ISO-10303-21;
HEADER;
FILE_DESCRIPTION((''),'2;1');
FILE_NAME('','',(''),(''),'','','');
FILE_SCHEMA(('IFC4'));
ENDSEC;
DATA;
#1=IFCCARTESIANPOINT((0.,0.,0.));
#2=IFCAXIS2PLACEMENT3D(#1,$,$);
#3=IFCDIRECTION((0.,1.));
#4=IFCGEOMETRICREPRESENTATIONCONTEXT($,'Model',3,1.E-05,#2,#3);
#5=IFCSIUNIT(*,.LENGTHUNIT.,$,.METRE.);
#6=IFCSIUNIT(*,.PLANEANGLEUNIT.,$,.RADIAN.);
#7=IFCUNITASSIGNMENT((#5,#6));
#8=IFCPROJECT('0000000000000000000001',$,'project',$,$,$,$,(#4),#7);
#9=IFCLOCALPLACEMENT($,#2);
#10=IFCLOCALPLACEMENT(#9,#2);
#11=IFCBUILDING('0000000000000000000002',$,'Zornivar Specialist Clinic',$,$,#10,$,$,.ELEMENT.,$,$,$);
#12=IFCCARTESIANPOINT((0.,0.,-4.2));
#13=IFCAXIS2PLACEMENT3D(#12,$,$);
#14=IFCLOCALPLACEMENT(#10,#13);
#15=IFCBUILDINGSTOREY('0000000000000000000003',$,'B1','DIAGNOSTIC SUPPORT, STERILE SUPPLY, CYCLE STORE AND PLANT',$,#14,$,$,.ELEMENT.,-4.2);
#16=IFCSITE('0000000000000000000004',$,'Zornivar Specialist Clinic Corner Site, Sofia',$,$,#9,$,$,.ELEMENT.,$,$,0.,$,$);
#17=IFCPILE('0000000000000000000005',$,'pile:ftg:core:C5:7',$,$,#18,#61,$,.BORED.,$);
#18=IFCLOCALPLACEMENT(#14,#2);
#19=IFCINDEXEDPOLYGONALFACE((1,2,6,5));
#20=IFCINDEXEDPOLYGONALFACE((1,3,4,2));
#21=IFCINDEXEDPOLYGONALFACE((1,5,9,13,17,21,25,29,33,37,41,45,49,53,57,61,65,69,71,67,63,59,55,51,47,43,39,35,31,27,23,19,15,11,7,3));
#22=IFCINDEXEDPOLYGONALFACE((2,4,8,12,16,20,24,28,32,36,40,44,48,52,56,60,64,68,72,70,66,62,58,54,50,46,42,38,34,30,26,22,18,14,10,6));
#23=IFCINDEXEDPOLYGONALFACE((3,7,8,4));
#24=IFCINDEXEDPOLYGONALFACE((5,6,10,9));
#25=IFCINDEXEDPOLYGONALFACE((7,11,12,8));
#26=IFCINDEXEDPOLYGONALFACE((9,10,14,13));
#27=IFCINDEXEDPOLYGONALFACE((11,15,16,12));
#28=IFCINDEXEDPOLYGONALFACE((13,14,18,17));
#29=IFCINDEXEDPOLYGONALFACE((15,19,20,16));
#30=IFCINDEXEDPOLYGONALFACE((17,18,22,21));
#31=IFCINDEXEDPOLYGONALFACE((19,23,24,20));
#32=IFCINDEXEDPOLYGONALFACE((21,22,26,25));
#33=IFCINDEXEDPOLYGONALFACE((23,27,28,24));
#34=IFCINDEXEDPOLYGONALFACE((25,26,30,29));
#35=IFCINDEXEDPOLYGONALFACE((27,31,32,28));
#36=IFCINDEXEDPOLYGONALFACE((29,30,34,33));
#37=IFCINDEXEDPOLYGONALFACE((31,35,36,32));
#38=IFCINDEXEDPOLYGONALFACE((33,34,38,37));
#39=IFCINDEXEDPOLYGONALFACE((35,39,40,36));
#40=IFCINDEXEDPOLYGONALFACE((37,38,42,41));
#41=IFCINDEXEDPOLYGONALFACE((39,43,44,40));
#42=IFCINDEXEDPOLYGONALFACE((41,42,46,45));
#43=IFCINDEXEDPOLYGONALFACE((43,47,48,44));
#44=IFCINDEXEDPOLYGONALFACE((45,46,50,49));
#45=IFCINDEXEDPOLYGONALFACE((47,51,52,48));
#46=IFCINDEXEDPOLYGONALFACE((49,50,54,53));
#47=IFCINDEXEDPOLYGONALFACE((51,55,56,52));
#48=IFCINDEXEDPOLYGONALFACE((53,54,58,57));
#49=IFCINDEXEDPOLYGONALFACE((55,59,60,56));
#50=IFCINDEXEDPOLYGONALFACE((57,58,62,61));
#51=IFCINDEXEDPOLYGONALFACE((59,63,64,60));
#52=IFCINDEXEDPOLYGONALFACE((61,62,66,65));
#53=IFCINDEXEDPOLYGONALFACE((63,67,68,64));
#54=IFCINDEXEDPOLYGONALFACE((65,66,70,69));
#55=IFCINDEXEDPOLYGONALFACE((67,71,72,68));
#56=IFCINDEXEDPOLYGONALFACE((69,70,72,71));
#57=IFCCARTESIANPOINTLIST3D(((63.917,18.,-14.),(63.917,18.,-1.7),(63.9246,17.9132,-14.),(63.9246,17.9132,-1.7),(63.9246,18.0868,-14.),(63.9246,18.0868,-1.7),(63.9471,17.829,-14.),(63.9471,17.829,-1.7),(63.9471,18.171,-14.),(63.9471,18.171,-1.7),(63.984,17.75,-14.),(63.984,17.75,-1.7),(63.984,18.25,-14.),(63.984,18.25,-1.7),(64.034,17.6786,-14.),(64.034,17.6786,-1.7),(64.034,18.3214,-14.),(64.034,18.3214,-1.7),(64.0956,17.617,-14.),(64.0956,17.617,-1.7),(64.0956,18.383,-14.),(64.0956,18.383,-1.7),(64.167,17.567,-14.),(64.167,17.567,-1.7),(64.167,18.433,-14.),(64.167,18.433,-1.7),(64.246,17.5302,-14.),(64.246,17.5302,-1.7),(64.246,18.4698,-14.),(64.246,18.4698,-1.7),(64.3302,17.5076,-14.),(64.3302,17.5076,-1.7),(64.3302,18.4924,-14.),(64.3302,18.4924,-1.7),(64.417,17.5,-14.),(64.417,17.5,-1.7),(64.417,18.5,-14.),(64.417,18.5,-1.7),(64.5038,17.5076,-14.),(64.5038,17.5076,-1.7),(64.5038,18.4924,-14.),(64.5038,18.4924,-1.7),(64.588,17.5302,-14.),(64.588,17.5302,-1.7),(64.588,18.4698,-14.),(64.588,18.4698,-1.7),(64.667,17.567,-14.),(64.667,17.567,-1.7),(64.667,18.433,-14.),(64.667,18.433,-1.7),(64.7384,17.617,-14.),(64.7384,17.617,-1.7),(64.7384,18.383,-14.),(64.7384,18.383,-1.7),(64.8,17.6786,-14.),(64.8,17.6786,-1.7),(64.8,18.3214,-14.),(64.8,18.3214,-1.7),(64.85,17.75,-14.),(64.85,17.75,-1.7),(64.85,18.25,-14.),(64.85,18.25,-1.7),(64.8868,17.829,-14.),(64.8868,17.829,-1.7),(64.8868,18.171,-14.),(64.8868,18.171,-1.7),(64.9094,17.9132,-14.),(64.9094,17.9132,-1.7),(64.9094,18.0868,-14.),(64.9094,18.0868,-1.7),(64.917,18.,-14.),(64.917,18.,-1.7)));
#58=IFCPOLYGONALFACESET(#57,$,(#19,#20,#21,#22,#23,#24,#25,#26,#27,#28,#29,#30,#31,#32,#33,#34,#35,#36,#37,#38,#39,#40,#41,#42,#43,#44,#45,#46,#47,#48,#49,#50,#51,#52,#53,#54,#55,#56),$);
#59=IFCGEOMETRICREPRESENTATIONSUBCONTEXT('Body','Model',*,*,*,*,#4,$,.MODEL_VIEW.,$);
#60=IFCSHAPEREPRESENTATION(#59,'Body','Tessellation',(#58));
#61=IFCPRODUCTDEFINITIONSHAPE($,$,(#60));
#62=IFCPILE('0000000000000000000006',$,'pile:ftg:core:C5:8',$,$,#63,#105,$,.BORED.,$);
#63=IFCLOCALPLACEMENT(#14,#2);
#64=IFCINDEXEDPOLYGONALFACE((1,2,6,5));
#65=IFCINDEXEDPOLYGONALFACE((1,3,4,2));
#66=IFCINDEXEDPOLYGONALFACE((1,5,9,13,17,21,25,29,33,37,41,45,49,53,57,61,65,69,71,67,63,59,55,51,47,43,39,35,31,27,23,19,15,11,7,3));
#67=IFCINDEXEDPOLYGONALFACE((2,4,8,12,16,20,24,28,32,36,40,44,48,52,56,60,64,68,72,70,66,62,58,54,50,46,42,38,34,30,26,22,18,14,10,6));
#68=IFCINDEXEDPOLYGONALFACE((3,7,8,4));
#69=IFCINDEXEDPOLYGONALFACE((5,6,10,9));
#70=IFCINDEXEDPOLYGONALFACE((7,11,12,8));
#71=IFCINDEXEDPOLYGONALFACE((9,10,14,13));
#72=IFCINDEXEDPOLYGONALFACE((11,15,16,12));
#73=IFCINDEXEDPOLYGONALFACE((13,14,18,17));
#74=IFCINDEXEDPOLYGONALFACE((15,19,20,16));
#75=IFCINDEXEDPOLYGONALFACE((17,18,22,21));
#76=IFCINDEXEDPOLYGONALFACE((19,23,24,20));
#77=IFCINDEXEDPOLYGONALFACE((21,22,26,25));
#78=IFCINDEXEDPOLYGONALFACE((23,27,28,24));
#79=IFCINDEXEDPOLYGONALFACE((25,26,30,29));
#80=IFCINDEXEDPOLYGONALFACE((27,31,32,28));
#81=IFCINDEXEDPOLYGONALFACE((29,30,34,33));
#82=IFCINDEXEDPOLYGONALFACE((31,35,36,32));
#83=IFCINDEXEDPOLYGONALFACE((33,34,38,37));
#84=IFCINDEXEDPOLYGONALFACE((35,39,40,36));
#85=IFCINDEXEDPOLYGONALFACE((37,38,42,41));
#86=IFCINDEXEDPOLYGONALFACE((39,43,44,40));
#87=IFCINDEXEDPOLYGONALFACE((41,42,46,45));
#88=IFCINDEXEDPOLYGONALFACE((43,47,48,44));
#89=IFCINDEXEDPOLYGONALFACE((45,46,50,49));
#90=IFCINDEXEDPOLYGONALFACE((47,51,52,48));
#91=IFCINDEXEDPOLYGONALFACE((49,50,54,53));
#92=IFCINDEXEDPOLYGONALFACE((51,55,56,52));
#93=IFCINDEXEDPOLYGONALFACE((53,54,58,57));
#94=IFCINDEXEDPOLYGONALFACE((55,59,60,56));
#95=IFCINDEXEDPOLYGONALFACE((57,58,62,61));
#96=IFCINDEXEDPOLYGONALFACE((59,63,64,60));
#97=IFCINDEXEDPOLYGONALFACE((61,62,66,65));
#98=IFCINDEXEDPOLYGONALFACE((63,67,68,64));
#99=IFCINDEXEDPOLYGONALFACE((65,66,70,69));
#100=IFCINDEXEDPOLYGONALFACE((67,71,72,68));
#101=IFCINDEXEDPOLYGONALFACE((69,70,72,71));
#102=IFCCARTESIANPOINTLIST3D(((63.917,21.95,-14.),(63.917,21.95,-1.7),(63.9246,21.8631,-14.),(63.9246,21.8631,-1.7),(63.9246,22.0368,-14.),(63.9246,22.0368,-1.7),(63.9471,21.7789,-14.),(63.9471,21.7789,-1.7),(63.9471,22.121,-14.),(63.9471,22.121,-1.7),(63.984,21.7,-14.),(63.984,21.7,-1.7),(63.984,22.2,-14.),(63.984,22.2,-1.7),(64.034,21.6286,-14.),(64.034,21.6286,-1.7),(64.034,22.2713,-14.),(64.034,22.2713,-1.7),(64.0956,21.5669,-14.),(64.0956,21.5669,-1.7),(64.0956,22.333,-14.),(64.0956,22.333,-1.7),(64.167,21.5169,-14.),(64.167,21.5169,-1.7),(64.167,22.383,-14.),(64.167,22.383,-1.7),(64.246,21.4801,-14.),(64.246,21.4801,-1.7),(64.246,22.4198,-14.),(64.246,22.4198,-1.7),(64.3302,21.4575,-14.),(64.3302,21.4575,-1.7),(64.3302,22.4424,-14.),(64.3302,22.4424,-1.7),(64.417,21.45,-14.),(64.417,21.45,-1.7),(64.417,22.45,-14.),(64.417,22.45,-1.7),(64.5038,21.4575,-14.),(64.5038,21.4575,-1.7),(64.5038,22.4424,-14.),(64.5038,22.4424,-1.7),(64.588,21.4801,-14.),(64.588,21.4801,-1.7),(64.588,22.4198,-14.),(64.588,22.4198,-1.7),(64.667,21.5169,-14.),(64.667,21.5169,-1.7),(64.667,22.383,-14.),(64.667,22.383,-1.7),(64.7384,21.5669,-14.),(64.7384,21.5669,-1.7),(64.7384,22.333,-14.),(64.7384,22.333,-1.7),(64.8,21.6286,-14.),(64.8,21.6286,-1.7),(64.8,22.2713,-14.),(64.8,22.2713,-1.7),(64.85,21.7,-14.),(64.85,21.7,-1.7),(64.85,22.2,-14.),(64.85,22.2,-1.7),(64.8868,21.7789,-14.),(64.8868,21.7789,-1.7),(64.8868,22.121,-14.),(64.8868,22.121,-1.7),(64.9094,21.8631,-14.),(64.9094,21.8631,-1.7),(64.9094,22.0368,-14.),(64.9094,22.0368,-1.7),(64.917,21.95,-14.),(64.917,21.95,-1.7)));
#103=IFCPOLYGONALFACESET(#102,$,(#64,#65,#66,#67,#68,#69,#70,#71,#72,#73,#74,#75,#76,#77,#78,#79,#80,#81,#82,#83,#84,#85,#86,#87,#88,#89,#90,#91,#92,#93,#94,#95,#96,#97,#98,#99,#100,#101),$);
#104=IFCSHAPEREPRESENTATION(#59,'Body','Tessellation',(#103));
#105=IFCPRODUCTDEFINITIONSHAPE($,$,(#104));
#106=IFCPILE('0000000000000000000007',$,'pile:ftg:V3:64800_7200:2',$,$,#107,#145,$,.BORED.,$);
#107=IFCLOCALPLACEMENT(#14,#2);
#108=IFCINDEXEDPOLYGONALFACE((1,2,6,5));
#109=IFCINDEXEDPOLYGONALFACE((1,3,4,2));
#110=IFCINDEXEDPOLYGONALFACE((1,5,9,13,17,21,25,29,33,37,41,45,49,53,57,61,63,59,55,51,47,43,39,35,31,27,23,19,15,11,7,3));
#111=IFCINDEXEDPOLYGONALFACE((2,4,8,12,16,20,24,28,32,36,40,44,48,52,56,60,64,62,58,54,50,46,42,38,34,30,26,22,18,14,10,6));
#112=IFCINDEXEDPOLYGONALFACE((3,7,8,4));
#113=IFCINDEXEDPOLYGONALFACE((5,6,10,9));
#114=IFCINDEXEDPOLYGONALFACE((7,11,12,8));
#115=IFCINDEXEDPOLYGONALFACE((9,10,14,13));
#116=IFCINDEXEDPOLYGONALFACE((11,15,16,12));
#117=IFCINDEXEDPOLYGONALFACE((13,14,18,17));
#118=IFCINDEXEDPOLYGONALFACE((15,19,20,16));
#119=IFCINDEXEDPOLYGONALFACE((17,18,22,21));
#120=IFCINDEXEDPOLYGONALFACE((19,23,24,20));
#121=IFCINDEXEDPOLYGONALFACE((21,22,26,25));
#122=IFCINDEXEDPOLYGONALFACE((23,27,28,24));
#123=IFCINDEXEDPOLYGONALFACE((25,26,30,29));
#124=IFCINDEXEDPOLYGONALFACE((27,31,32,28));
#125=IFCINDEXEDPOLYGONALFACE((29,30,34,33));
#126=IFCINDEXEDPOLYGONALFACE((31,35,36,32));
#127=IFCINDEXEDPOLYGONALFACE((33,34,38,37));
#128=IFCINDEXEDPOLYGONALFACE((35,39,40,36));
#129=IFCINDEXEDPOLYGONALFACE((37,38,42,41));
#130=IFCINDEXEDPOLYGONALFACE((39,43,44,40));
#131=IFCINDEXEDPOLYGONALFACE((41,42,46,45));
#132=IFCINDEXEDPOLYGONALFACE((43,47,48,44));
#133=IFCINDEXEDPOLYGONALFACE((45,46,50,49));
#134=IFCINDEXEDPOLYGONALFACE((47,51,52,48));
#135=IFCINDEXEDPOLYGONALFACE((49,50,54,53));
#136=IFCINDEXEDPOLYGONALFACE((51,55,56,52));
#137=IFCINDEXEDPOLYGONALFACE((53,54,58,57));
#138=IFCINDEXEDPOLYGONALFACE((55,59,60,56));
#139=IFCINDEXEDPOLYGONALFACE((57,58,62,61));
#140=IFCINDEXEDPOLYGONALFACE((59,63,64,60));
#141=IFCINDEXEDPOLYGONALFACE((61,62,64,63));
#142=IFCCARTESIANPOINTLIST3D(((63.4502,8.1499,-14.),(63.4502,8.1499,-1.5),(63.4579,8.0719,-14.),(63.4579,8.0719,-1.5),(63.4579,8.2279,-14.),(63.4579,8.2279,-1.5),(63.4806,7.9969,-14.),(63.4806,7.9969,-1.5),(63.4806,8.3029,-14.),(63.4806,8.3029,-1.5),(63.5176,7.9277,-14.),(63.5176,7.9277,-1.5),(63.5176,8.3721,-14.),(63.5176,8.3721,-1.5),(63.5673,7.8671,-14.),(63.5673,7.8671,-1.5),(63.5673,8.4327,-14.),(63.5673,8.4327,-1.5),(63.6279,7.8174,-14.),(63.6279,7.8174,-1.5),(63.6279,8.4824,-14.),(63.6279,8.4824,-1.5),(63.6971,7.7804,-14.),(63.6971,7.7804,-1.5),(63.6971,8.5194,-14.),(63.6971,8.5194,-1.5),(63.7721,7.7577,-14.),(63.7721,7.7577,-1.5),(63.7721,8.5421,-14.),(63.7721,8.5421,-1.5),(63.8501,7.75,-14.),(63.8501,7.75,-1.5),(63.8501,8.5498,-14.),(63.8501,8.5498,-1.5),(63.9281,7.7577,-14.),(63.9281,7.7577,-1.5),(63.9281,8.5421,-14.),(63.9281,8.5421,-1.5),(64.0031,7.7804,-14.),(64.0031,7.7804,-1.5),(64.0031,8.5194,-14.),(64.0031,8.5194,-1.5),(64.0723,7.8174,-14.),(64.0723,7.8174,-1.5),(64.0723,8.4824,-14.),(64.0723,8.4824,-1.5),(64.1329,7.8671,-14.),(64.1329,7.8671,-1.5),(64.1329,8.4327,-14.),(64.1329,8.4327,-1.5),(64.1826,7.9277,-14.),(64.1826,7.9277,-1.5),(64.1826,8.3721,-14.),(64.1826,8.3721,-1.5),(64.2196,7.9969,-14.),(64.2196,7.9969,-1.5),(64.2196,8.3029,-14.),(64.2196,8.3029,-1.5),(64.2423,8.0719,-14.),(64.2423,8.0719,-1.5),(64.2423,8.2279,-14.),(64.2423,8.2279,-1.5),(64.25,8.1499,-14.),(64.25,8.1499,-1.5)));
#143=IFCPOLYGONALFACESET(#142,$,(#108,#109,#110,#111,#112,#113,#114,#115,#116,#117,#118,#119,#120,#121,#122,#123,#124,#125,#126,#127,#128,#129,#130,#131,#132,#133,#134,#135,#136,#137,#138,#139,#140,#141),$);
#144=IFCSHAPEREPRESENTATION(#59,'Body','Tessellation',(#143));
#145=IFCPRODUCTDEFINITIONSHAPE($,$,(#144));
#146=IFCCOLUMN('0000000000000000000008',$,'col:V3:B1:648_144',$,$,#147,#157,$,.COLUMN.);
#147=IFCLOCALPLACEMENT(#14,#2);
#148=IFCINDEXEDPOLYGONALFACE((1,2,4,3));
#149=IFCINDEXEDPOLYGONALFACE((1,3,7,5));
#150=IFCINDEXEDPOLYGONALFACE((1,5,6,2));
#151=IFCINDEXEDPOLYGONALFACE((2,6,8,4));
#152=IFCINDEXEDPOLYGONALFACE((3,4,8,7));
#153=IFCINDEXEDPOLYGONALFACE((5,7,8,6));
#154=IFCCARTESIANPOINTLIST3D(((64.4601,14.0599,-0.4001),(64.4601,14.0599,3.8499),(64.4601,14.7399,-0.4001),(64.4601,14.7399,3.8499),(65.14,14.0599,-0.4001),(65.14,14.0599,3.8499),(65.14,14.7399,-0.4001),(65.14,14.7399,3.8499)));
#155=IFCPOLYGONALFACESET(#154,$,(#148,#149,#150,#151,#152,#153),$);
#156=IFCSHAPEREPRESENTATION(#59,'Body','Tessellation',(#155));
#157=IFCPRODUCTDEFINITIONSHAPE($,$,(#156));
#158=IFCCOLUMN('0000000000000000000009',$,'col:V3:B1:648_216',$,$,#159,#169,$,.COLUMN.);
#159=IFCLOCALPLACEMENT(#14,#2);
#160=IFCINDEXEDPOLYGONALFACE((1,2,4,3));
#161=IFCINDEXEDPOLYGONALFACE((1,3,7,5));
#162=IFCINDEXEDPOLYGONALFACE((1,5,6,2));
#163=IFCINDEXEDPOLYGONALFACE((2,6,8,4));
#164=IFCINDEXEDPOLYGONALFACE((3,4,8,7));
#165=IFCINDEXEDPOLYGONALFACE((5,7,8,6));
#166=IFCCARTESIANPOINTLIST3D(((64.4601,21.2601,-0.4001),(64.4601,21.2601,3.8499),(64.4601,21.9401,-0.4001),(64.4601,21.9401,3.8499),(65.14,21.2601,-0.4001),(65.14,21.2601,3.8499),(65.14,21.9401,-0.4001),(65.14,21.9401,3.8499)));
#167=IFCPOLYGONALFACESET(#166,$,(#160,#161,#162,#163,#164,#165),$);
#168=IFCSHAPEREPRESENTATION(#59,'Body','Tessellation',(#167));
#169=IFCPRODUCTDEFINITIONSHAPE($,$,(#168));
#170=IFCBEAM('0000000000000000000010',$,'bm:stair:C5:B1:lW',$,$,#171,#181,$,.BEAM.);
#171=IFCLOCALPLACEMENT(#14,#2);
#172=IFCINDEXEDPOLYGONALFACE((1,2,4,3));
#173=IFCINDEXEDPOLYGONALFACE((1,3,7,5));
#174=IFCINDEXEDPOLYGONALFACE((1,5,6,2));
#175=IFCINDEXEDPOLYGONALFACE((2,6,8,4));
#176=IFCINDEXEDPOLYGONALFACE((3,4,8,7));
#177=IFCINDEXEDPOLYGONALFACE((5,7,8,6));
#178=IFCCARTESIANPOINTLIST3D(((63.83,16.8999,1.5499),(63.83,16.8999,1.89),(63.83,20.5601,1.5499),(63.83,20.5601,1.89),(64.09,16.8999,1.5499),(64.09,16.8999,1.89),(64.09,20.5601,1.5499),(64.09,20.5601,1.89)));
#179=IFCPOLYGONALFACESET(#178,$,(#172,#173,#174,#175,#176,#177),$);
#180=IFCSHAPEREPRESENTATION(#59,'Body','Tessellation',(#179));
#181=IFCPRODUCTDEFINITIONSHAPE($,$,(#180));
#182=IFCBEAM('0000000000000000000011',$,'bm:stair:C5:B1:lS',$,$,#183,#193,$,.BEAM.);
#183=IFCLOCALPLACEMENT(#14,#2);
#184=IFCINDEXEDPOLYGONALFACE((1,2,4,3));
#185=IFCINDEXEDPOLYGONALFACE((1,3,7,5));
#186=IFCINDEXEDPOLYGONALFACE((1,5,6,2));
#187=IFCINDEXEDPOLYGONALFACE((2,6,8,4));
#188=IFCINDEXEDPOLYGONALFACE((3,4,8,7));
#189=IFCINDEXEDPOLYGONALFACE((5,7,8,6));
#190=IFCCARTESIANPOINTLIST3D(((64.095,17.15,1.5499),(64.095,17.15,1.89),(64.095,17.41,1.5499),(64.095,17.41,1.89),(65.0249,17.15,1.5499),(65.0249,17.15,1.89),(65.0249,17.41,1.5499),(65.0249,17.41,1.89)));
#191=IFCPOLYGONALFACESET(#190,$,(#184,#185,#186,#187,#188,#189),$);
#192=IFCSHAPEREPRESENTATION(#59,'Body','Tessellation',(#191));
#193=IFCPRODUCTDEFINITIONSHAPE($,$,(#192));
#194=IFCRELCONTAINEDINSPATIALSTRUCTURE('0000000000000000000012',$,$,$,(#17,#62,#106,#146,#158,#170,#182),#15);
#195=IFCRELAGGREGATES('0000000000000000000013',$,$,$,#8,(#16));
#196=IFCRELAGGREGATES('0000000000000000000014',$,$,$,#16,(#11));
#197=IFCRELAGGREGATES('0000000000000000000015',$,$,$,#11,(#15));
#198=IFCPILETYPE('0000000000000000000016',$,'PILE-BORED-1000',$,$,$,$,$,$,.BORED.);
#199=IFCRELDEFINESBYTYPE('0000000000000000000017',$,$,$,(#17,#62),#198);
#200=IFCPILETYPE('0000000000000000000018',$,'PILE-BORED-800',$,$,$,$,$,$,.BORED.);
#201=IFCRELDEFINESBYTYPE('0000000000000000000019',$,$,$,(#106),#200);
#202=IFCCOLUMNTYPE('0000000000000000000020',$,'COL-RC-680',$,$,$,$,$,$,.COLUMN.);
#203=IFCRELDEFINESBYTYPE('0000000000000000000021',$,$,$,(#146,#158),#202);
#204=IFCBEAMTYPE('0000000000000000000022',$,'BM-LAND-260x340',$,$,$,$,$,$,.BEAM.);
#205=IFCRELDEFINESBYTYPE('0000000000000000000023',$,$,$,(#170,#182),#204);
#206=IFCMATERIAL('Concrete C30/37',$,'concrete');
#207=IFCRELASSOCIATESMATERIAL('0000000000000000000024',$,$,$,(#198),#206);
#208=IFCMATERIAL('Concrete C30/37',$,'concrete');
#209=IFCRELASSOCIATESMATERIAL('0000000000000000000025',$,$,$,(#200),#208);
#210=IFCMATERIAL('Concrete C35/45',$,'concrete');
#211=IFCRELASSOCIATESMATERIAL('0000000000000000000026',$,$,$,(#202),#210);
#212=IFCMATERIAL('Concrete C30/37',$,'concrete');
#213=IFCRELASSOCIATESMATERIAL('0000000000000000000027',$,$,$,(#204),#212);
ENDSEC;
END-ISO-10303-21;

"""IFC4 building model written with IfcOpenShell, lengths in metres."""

from ifc_helpers import new_model, si_unit, direction, frame, origin, origin_2d, place, context, subcontext, project, spatial, rectangle, circle, extrude, material, material_profile, profile_set, type_object, element, save


model = new_model("IFC4")

# Units and contexts
model_context = context("Model", 3, precision=1e-05, world=origin(), true_north=direction((0.0, 1.0)))
body_context = subcontext(model_context, "Body", "Model", "MODEL_VIEW")
ifc_project = project(units=[si_unit("LENGTHUNIT", "METRE"), si_unit("PLANEANGLEUNIT", "RADIAN")], contexts=[model_context])

# Site, building, storey
site_placement = place(None, origin())
site = spatial("IfcSite", under=ifc_project, at=site_placement, Name="Zornivar Specialist Clinic Corner Site, Sofia", CompositionType="ELEMENT", RefElevation=0.0)
building_placement = place(site_placement, origin())
building = spatial("IfcBuilding", under=site, at=building_placement, Name="Zornivar Specialist Clinic", CompositionType="ELEMENT")
storey_placement = place(building_placement, frame((0.0, 0.0, -4.2)))
storey = spatial("IfcBuildingStorey", under=building, at=storey_placement, Name="B1", Description="DIAGNOSTIC SUPPORT, STERILE SUPPLY, CYCLE STORE AND PLANT", CompositionType="ELEMENT", Elevation=-4.2)

# Piles
ifc_material_1 = material(Name="Concrete C30/37", Category="concrete")
ifc_material_profile_1 = material_profile(ifc_material_1, circle(Radius=0.5, at=origin_2d()), Name="PILE D1000")
ifc_profile_set_1 = profile_set([ifc_material_profile_1], Name="Concrete C30/37")
pile_type_1 = type_object("IfcPileType", Name="PILE-BORED-1000", PredefinedType="BORED", material=ifc_profile_set_1)
for number, where, z_axis, x_axis, name in (
    (1, (64.417, 18.0, -1.7), (0.0, 0.0, -1.0), (1.0, 0.0, 0.0), "pile:ftg:core:C5:7"),
    (2, (64.417, 21.95, -1.7), (0.0, 0.0, -1.0), (1.0, 0.0, 0.0), "pile:ftg:core:C5:8"),
):
    element("IfcPile", number, at=place(storey_placement, frame(where, z_axis=z_axis, x_axis=x_axis)), inside=storey, type_object=pile_type_1, Name=name, PredefinedType="BORED", context=body_context, shape_type="SweptSolid", body=[
        extrude(circle(Radius=0.5, at=origin_2d()), origin(), (0.0, 0.0, 1.0), 12.3),
    ])
ifc_material_2 = material(Name="Concrete C30/37", Category="concrete")
ifc_material_profile_2 = material_profile(ifc_material_2, circle(Radius=0.3999, at=origin_2d()), Name="PILE D800")
ifc_profile_set_2 = profile_set([ifc_material_profile_2], Name="Concrete C30/37")
pile_type_2 = type_object("IfcPileType", Name="PILE-BORED-800", PredefinedType="BORED", material=ifc_profile_set_2)
pile_placement = place(storey_placement, frame((63.8501, 8.1499, -1.5), z_axis=(0.0, 0.0, -1.0), x_axis=(1.0, 0.0, 0.0)))
element("IfcPile", 3, at=pile_placement, inside=storey, type_object=pile_type_2, Name="pile:ftg:V3:64800_7200:2", PredefinedType="BORED", context=body_context, shape_type="SweptSolid", body=[
    extrude(circle(Radius=0.3999, at=origin_2d()), origin(), (0.0, 0.0, 1.0), 12.5),
])

# Columns
ifc_material_3 = material(Name="Concrete C35/45", Category="concrete")
ifc_material_profile_3 = material_profile(ifc_material_3, rectangle(XDim=0.6799, YDim=0.6799, at=origin_2d()), Name="RC 680x680")
ifc_profile_set_3 = profile_set([ifc_material_profile_3], Name="Concrete C35/45")
column_type = type_object("IfcColumnType", Name="COL-RC-680", PredefinedType="COLUMN", material=ifc_profile_set_3)
for number, where, z_axis, x_axis, name in (
    (4, (64.8, 14.3999, -0.4001), (0.0, 0.0, 1.0), (1.0, 0.0, 0.0), "col:V3:B1:648_144"),
    (5, (64.8, 21.6001, -0.4001), (0.0, 0.0, 1.0), (1.0, 0.0, 0.0), "col:V3:B1:648_216"),
):
    element("IfcColumn", number, at=place(storey_placement, frame(where, z_axis=z_axis, x_axis=x_axis)), inside=storey, type_object=column_type, Name=name, PredefinedType="COLUMN", context=body_context, shape_type="SweptSolid", body=[
        extrude(rectangle(XDim=0.6799, YDim=0.6799, at=origin_2d()), origin(), (0.0, 0.0, 1.0), 4.25),
    ])

# Beams
ifc_material_4 = material(Name="Concrete C30/37", Category="concrete")
ifc_material_profile_4 = material_profile(ifc_material_4, rectangle(XDim=0.26, YDim=0.3401, at=origin_2d()), Name="RC 260x340")
ifc_profile_set_4 = profile_set([ifc_material_profile_4], Name="Concrete C30/37")
beam_type = type_object("IfcBeamType", Name="BM-LAND-260x340", PredefinedType="BEAM", material=ifc_profile_set_4)
beam_1_placement = place(storey_placement, frame((63.96, 16.8999, 1.72), z_axis=(0.0, 1.0, 0.0), x_axis=(-1.0, 0.0, 0.0)))
element("IfcBeam", 6, at=beam_1_placement, inside=storey, type_object=beam_type, Name="bm:stair:C5:B1:lW", PredefinedType="BEAM", context=body_context, shape_type="SweptSolid", body=[
    extrude(rectangle(XDim=0.26, YDim=0.3401, at=origin_2d()), origin(), (0.0, 0.0, 1.0), 3.6602),
])
beam_2_placement = place(storey_placement, frame((64.095, 17.28, 1.72), z_axis=(1.0, 0.0, 0.0), x_axis=(0.0, 1.0, 0.0)))
element("IfcBeam", 7, at=beam_2_placement, inside=storey, type_object=beam_type, Name="bm:stair:C5:B1:lS", PredefinedType="BEAM", context=body_context, shape_type="SweptSolid", body=[
    extrude(rectangle(XDim=0.26, YDim=0.3401, at=origin_2d()), origin(), (0.0, 0.0, 1.0), 0.9299),
])

save(model, "model.ifc")
